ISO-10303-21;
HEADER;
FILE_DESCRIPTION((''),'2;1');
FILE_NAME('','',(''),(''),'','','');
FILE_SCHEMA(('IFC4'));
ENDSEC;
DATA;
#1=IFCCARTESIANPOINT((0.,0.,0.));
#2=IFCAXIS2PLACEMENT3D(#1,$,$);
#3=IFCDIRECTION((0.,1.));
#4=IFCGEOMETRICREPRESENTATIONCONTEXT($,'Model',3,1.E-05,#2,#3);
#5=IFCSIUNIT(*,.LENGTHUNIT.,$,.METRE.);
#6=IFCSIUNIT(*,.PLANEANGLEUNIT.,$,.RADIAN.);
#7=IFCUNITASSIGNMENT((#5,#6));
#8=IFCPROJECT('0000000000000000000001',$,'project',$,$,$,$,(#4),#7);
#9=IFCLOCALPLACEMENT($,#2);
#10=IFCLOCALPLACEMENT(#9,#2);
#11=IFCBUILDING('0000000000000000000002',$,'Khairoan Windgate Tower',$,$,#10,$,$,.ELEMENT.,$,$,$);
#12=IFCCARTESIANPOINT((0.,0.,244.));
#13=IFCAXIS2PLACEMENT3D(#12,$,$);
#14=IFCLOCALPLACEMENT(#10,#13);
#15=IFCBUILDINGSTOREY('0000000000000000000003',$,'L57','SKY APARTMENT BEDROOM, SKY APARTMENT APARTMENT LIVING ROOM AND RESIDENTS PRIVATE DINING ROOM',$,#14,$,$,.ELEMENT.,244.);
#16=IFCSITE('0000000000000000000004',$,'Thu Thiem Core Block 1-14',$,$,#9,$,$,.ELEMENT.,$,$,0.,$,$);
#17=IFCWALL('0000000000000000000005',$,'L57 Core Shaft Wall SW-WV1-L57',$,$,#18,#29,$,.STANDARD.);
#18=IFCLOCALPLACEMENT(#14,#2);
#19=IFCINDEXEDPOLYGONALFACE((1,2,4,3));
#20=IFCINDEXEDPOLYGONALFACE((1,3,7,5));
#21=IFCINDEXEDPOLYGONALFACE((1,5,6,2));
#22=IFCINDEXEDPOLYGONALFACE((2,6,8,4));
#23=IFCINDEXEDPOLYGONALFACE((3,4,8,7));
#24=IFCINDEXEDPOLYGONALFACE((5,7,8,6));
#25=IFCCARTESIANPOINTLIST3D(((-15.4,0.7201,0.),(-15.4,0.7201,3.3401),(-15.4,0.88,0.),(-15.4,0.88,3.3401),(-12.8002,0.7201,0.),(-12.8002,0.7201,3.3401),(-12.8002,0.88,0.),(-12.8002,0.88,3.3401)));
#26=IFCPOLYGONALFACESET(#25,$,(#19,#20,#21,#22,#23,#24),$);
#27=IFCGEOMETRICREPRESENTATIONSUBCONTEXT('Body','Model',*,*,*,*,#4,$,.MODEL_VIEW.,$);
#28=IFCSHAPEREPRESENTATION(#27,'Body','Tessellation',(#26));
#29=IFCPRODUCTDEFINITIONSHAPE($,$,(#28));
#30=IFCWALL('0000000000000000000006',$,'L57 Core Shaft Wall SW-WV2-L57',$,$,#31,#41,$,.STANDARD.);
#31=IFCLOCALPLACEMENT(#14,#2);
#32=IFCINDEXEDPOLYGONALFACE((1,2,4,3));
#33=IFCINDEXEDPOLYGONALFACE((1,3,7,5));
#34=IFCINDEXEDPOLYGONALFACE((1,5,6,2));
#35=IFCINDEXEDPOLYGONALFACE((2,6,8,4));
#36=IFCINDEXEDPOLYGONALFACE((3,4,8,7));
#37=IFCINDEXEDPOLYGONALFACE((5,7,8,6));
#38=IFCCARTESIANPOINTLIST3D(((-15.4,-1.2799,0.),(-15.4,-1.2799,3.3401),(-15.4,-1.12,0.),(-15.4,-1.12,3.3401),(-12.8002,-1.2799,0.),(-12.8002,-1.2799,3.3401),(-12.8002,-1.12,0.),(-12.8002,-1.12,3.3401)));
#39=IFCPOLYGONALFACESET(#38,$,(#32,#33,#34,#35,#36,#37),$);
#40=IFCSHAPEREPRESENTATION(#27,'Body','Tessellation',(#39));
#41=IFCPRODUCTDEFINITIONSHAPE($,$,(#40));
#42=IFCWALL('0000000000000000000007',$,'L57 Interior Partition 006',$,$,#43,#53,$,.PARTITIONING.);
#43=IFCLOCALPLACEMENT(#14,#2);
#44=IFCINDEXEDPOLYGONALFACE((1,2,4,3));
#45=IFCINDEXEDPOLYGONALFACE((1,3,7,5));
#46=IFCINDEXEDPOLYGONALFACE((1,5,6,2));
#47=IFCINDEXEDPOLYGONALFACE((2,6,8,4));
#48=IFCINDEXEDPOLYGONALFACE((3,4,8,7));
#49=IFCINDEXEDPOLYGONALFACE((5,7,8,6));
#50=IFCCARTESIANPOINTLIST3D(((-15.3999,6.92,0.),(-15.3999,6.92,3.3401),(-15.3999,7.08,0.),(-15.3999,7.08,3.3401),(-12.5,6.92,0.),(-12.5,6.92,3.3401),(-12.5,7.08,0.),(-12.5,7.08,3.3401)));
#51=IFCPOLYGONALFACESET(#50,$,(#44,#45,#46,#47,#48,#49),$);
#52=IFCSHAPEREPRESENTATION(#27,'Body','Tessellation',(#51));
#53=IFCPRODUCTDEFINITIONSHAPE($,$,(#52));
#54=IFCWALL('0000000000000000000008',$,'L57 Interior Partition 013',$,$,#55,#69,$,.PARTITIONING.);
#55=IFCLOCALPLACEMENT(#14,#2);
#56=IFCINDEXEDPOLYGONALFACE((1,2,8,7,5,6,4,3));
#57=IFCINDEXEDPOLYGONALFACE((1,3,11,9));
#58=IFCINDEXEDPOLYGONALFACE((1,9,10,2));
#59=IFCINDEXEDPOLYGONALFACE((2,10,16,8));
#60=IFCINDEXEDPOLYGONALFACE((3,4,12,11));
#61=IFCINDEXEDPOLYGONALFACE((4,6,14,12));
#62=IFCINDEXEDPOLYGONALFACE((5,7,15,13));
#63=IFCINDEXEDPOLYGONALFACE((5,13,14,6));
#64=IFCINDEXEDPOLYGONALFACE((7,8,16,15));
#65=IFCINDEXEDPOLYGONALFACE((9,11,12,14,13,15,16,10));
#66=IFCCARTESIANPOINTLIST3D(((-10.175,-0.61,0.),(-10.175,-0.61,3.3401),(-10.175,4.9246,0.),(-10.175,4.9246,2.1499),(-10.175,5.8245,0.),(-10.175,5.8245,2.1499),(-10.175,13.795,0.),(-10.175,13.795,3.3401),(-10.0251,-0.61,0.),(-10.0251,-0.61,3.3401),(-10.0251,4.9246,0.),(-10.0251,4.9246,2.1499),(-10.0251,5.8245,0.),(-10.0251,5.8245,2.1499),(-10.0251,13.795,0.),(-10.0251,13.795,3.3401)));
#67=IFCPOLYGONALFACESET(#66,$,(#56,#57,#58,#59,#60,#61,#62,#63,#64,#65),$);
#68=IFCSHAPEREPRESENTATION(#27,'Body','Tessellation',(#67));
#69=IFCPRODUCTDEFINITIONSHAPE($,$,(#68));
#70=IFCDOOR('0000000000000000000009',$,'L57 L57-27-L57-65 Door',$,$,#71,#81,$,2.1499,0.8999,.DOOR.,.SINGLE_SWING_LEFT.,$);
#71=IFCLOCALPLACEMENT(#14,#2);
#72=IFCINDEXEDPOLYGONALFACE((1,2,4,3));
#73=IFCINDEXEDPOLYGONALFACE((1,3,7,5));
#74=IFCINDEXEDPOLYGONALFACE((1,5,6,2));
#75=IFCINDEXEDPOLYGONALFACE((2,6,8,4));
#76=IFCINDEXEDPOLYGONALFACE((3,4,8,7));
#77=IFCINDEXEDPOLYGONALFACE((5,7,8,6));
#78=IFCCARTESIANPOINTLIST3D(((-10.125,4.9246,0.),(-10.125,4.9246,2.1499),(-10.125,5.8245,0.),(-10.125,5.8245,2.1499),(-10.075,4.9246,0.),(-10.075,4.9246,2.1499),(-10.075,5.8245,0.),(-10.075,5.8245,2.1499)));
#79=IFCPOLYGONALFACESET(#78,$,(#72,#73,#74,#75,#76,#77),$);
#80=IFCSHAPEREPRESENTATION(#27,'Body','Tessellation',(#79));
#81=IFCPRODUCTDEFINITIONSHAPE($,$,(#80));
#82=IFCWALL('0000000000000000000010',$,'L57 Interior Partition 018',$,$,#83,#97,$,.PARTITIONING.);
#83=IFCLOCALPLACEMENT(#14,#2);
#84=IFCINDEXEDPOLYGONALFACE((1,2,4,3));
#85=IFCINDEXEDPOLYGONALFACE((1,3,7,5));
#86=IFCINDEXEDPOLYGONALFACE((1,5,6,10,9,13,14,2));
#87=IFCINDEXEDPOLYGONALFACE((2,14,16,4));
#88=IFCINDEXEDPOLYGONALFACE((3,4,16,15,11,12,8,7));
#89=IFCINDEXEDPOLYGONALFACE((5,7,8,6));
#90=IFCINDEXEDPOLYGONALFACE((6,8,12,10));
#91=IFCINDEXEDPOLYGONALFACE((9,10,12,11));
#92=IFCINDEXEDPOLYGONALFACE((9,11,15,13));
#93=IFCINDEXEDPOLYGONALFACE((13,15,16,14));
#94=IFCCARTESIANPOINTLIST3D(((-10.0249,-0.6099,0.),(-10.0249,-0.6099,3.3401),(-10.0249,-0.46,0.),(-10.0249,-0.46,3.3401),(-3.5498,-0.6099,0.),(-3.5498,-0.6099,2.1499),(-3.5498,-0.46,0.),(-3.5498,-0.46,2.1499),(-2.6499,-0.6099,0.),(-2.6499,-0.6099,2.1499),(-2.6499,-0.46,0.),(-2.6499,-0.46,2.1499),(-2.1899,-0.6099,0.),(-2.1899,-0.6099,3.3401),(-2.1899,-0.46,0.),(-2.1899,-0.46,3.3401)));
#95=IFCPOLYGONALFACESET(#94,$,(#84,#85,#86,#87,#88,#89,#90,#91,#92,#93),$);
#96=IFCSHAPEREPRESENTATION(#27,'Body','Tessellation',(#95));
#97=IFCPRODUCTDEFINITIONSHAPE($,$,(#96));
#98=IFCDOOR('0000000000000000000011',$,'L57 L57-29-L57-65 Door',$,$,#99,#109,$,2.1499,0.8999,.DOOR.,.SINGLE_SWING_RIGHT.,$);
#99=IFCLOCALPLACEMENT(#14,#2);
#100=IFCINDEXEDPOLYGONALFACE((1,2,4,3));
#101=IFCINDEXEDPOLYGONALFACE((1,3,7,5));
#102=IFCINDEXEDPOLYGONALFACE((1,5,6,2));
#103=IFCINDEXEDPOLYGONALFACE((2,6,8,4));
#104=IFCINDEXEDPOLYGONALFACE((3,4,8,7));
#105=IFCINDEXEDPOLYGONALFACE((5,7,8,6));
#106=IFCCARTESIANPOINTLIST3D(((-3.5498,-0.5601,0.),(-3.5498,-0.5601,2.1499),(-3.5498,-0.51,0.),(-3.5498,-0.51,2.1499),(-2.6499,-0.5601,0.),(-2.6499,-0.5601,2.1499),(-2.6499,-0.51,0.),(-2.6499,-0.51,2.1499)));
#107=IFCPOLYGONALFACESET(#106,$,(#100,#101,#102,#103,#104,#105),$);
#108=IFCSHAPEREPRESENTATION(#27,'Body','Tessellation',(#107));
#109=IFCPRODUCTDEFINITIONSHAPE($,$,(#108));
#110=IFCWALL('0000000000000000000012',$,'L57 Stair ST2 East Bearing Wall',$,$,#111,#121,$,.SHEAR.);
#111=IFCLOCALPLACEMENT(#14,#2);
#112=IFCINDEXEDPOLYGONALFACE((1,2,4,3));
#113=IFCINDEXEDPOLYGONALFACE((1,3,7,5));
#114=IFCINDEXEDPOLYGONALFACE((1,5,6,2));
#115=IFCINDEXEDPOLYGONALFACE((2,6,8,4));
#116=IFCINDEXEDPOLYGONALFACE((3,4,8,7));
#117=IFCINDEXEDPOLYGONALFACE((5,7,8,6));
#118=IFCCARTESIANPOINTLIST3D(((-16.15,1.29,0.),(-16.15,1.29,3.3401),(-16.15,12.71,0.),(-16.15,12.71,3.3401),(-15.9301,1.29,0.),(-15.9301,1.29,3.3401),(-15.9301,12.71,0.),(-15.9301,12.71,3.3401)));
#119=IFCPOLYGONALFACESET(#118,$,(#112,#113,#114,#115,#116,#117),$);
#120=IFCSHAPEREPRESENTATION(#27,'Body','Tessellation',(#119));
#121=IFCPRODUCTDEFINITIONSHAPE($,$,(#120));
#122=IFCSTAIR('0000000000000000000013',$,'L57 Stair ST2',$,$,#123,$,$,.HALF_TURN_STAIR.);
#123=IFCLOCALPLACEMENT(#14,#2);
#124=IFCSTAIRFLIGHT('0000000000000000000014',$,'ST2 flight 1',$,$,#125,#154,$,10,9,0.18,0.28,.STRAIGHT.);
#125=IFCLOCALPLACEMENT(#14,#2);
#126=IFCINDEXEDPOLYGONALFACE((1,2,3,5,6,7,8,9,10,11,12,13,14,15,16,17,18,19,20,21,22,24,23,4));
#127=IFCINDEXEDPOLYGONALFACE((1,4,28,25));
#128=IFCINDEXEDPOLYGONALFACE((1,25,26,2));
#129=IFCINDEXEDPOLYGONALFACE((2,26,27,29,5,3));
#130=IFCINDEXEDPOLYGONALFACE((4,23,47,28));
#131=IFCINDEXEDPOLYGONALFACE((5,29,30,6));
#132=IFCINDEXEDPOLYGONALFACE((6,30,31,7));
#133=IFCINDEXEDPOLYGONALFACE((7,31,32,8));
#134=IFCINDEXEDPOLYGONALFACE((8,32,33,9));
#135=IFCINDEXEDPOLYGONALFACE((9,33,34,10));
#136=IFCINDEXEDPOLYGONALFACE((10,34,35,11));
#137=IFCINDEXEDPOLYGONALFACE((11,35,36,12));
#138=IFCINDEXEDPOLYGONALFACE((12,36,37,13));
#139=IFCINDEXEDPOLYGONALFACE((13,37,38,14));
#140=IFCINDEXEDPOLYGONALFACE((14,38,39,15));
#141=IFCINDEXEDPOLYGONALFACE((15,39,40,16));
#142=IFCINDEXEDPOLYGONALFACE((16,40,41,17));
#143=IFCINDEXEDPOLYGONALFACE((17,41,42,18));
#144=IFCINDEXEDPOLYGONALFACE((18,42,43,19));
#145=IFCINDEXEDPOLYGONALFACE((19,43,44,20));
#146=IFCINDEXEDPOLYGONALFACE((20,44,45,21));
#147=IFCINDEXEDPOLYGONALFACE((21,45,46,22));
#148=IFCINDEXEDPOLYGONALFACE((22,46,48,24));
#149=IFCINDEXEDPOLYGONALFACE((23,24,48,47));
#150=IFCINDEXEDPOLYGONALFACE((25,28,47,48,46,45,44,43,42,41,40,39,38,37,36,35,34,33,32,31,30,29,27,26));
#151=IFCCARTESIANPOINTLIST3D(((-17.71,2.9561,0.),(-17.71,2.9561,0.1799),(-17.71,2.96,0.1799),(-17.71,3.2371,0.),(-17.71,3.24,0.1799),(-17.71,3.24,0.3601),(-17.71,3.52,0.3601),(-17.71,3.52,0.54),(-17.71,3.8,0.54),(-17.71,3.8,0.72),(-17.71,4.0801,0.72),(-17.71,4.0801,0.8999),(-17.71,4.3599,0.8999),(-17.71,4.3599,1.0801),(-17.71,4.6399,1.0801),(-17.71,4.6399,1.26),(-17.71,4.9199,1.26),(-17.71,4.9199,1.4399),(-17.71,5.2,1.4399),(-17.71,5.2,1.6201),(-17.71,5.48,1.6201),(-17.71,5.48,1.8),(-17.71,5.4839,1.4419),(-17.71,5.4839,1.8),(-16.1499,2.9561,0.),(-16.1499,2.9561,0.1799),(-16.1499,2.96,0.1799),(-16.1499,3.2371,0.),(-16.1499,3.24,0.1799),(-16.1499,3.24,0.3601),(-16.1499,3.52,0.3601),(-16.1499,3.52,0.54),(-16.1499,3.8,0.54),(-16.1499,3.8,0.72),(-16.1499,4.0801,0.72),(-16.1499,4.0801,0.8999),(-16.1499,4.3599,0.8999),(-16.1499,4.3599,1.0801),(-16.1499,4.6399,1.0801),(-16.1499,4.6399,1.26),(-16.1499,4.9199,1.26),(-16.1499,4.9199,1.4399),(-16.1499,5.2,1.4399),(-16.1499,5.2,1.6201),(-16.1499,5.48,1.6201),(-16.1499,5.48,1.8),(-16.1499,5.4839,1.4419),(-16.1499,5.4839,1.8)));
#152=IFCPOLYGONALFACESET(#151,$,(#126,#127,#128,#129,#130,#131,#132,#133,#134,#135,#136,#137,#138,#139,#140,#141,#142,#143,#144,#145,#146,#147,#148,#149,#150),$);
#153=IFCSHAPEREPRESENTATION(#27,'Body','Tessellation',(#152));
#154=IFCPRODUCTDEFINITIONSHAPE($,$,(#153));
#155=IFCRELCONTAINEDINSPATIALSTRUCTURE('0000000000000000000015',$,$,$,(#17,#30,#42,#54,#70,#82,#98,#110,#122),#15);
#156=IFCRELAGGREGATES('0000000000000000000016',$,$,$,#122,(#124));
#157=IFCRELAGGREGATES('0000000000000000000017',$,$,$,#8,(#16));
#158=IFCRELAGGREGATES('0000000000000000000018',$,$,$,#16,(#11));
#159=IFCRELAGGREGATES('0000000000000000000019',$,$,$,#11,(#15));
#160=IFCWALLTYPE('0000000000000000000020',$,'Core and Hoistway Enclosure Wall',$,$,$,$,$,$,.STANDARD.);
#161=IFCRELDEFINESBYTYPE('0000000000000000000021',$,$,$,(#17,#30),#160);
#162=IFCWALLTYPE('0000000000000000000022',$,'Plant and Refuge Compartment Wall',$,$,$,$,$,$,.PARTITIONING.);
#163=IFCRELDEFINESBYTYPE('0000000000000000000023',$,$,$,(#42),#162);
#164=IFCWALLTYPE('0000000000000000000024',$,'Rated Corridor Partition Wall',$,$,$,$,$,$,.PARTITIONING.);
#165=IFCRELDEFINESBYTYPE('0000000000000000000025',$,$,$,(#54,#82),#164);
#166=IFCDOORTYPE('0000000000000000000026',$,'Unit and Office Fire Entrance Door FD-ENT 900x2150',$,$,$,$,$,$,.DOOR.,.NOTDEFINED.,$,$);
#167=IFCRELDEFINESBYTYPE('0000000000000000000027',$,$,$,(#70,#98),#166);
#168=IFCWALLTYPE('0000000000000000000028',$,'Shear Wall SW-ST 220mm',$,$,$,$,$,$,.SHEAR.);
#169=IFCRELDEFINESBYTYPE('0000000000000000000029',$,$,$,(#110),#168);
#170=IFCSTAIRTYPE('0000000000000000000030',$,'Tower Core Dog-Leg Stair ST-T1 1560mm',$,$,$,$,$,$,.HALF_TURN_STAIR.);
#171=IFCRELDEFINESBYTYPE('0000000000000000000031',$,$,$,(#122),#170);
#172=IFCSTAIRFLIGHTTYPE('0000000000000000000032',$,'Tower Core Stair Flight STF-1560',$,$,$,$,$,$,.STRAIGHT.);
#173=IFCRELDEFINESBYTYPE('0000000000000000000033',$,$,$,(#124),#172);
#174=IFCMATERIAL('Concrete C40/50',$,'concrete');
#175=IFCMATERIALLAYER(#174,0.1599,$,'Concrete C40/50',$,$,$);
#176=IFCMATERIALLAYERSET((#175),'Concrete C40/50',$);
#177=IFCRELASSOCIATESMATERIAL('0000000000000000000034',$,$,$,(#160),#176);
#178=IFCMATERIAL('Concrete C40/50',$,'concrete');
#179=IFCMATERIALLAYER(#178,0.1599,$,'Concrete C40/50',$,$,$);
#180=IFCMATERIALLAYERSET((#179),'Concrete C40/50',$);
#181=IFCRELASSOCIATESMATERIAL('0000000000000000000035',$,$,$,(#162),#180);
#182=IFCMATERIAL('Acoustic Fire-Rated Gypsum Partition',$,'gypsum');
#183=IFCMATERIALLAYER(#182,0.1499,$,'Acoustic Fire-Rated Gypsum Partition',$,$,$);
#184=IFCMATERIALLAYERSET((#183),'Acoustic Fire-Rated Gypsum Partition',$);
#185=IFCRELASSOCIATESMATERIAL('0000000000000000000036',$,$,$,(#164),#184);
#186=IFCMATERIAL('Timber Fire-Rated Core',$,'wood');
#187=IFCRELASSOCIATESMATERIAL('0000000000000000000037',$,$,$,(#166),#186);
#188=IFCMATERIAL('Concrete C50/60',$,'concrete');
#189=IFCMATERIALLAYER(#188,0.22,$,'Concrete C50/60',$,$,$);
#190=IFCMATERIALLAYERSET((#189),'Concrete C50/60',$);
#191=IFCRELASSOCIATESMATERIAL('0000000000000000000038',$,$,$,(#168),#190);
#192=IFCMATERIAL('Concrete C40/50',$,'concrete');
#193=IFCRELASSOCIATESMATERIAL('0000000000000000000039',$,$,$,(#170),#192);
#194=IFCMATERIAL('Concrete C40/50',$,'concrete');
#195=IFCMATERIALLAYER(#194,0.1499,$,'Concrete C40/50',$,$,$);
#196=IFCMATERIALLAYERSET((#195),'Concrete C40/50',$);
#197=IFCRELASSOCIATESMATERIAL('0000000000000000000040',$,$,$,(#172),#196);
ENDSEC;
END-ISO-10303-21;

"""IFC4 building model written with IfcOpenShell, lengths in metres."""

from ifc_helpers import new_model, si_unit, direction, frame, frame_2d, origin, place, context, subcontext, project, spatial, polyline, rectangle, outline, extrude, material, layer, layer_set, type_object, element, fill, aggregate, save


model = new_model("IFC4")

# Units and contexts
model_context = context("Model", 3, precision=1e-05, world=origin(), true_north=direction((0.0, 1.0)))
body_context = subcontext(model_context, "Body", "Model", "MODEL_VIEW")
ifc_project = project(units=[si_unit("LENGTHUNIT", "METRE"), si_unit("PLANEANGLEUNIT", "RADIAN")], contexts=[model_context])

# Site, building, storey
site_placement = place(None, origin())
site = spatial("IfcSite", under=ifc_project, at=site_placement, Name="Thu Thiem Core Block 1-14", CompositionType="ELEMENT", RefElevation=0.0)
building_placement = place(site_placement, origin())
building = spatial("IfcBuilding", under=site, at=building_placement, Name="Khairoan Windgate Tower", CompositionType="ELEMENT")
storey_placement = place(building_placement, frame((0.0, 0.0, 244.0)))
storey = spatial("IfcBuildingStorey", under=building, at=storey_placement, Name="L57", Description="SKY APARTMENT BEDROOM, SKY APARTMENT APARTMENT LIVING ROOM AND RESIDENTS PRIVATE DINING ROOM", CompositionType="ELEMENT", Elevation=244.0)

# Walls
ifc_material_1 = material(Name="Concrete C40/50", Category="concrete")
ifc_layer_1 = layer(ifc_material_1, 0.1599, Name="Concrete C40/50")
ifc_layer_set_1 = layer_set([ifc_layer_1], Name="Concrete C40/50")
wall_type_1 = type_object("IfcWallType", Name="Core and Hoistway Enclosure Wall", PredefinedType="STANDARD", material=ifc_layer_set_1)
for number, where, z_axis, x_axis, name in (
    (1, (-15.3999, 0.8, 0.0), (0.0, 0.0, 1.0), (1.0, 0.0, 0.0), "L57 Core Shaft Wall SW-WV1-L57"),
    (2, (-15.3999, -1.2, 0.0), (0.0, 0.0, 1.0), (1.0, 0.0, 0.0), "L57 Core Shaft Wall SW-WV2-L57"),
):
    element("IfcWall", number, at=place(storey_placement, frame(where, z_axis=z_axis, x_axis=x_axis)), inside=storey, type_object=wall_type_1, Name=name, PredefinedType="STANDARD", context=body_context, shape_type="SweptSolid", body=[
        extrude(rectangle(XDim=2.5999, YDim=0.1599, at=frame_2d((1.2998, 0.0))), origin(), (0.0, 0.0, 1.0), 3.3401),
    ])
ifc_material_2 = material(Name="Concrete C40/50", Category="concrete")
ifc_layer_2 = layer(ifc_material_2, 0.1599, Name="Concrete C40/50")
ifc_layer_set_2 = layer_set([ifc_layer_2], Name="Concrete C40/50")
wall_type_2 = type_object("IfcWallType", Name="Plant and Refuge Compartment Wall", PredefinedType="PARTITIONING", material=ifc_layer_set_2)
wall_1_placement = place(storey_placement, frame((-15.3999, 7.0, 0.0), z_axis=(0.0, 0.0, 1.0), x_axis=(1.0, 0.0, 0.0)))
element("IfcWall", 3, at=wall_1_placement, inside=storey, type_object=wall_type_2, Name="L57 Interior Partition 006", PredefinedType="PARTITIONING", context=body_context, shape_type="SweptSolid", body=[
    extrude(rectangle(XDim=2.8999, YDim=0.1599, at=frame_2d((1.45, 0.0))), origin(), (0.0, 0.0, 1.0), 3.3401),
])

# Walls, openings, doors
ifc_material_3 = material(Name="Acoustic Fire-Rated Gypsum Partition", Category="gypsum")
ifc_layer_3 = layer(ifc_material_3, 0.1499, Name="Acoustic Fire-Rated Gypsum Partition")
ifc_layer_set_3 = layer_set([ifc_layer_3], Name="Acoustic Fire-Rated Gypsum Partition")
wall_type_3 = type_object("IfcWallType", Name="Rated Corridor Partition Wall", PredefinedType="PARTITIONING", material=ifc_layer_set_3)
wall_2_placement = place(storey_placement, frame((-10.1001, -0.6101, 0.0), z_axis=(0.0, 0.0, 1.0), x_axis=(0.0, 1.0, 0.0)))
wall_2 = element("IfcWall", 4, at=wall_2_placement, inside=storey, type_object=wall_type_3, Name="L57 Interior Partition 013", PredefinedType="PARTITIONING", context=body_context, shape_type="SweptSolid", body=[
    extrude(rectangle(XDim=14.405, YDim=0.1499, at=frame_2d((7.2026, 0.0))), origin(), (0.0, 0.0, 1.0), 3.3401),
])
opening_1_placement = place(wall_2_placement, frame((5.5347, 0.0, 0.0)))
opening_1 = element("IfcOpeningElement", 5, at=opening_1_placement, cuts=wall_2, PredefinedType="OPENING", context=body_context, shape_type="SweptSolid", body=[
    extrude(rectangle(XDim=0.8999, YDim=2.1499, at=frame_2d((0.45, 1.075))), frame((0.0, 0.085, 0.0), z_axis=(0.0, -1.0, 0.0), x_axis=(1.0, 0.0, 0.0)), (0.0, 0.0, 1.0), 0.1699),
])
ifc_material_4 = material(Name="Timber Fire-Rated Core", Category="wood")
door_type = type_object("IfcDoorType", Name="Unit and Office Fire Entrance Door FD-ENT 900x2150", OperationType="NOTDEFINED", PredefinedType="DOOR", material=ifc_material_4)
door_1_placement = place(opening_1_placement, origin())
door_1 = element("IfcDoor", 6, at=door_1_placement, inside=storey, type_object=door_type, Name="L57 L57-27-L57-65 Door", OperationType="SINGLE_SWING_LEFT", OverallHeight=2.1499, OverallWidth=0.8999, PredefinedType="DOOR", context=body_context, shape_type="SweptSolid", body=[
    extrude(rectangle(XDim=0.8999, YDim=2.1499, at=frame_2d((0.45, 1.075))), frame((0.0, 0.0249, 0.0), z_axis=(0.0, -1.0, 0.0), x_axis=(1.0, 0.0, 0.0)), (0.0, 0.0, 1.0), 0.05),
])
fill(opening_1, door_1)
wall_3_placement = place(storey_placement, frame((-10.0249, -0.5349, 0.0), z_axis=(0.0, 0.0, 1.0), x_axis=(1.0, 0.0, 0.0)))
wall_3 = element("IfcWall", 7, at=wall_3_placement, inside=storey, type_object=wall_type_3, Name="L57 Interior Partition 018", PredefinedType="PARTITIONING", context=body_context, shape_type="SweptSolid", body=[
    extrude(rectangle(XDim=7.835, YDim=0.1499, at=frame_2d((3.9175, 0.0))), origin(), (0.0, 0.0, 1.0), 3.3401),
])
opening_2_placement = place(wall_3_placement, frame((6.4751, 0.0, 0.0)))
opening_2 = element("IfcOpeningElement", 8, at=opening_2_placement, cuts=wall_3, PredefinedType="OPENING", context=body_context, shape_type="SweptSolid", body=[
    extrude(rectangle(XDim=0.8999, YDim=2.1499, at=frame_2d((0.45, 1.075))), frame((0.0, 0.085, 0.0), z_axis=(0.0, -1.0, 0.0), x_axis=(1.0, 0.0, 0.0)), (0.0, 0.0, 1.0), 0.1699),
])
door_2_placement = place(opening_2_placement, origin())
door_2 = element("IfcDoor", 9, at=door_2_placement, inside=storey, type_object=door_type, Name="L57 L57-29-L57-65 Door", OperationType="SINGLE_SWING_RIGHT", OverallHeight=2.1499, OverallWidth=0.8999, PredefinedType="DOOR", context=body_context, shape_type="SweptSolid", body=[
    extrude(rectangle(XDim=0.8999, YDim=2.1499, at=frame_2d((0.45, 1.075))), frame((0.0, 0.0249, 0.0), z_axis=(0.0, -1.0, 0.0), x_axis=(1.0, 0.0, 0.0)), (0.0, 0.0, 1.0), 0.05),
])
fill(opening_2, door_2)

# Wall
ifc_material_5 = material(Name="Concrete C50/60", Category="concrete")
ifc_layer_4 = layer(ifc_material_5, 0.22, Name="Concrete C50/60")
ifc_layer_set_4 = layer_set([ifc_layer_4], Name="Concrete C50/60")
wall_type_4 = type_object("IfcWallType", Name="Shear Wall SW-ST 220mm", PredefinedType="SHEAR", material=ifc_layer_set_4)
wall_4_placement = place(storey_placement, frame((-16.04, 1.29, 0.0), z_axis=(0.0, 0.0, 1.0), x_axis=(0.0, 1.0, 0.0)))
element("IfcWall", 10, at=wall_4_placement, inside=storey, type_object=wall_type_4, Name="L57 Stair ST2 East Bearing Wall", PredefinedType="SHEAR", context=body_context, shape_type="SweptSolid", body=[
    extrude(rectangle(XDim=11.4199, YDim=0.22, at=frame_2d((5.71, 0.0))), origin(), (0.0, 0.0, 1.0), 3.3401),
])

# Stair, stair flight
ifc_material_6 = material(Name="Concrete C40/50", Category="concrete")
stair_type = type_object("IfcStairType", Name="Tower Core Dog-Leg Stair ST-T1 1560mm", PredefinedType="HALF_TURN_STAIR", material=ifc_material_6)
stair_placement = place(storey_placement, origin())
stair = element("IfcStair", 11, at=stair_placement, inside=storey, type_object=stair_type, Name="L57 Stair ST2", PredefinedType="HALF_TURN_STAIR")
ifc_material_7 = material(Name="Concrete C40/50", Category="concrete")
ifc_layer_5 = layer(ifc_material_7, 0.1499, Name="Concrete C40/50")
ifc_layer_set_5 = layer_set([ifc_layer_5], Name="Concrete C40/50")
stair_flight_type = type_object("IfcStairFlightType", Name="Tower Core Stair Flight STF-1560", PredefinedType="STRAIGHT", material=ifc_layer_set_5)
stair_flight_placement = place(storey_placement, frame((-16.9299, 2.96, 0.0), z_axis=(0.0, 0.0, 1.0), x_axis=(0.0, 1.0, 0.0)))
stair_flight = element("IfcStairFlight", 12, at=stair_flight_placement, type_object=stair_flight_type, Name="ST2 flight 1", NumberOfRisers=10, NumberOfTreads=9, PredefinedType="STRAIGHT", RiserHeight=0.18, TreadLength=0.28, context=body_context, shape_type="SweptSolid", body=[
    extrude(outline(polyline([(-0.0039, 0.0), (-0.0039, 0.1799), (0.0, 0.1799), (0.28, 0.1799), (0.28, 0.3601), (0.5601, 0.3601), (0.5601, 0.54), (0.8401, 0.54), (0.8401, 0.72), (1.1201, 0.72), (1.1201, 0.8999), (1.3999, 0.8999), (1.3999, 1.0801), (1.6799, 1.0801), (1.6799, 1.26), (1.96, 1.26), (1.96, 1.4399), (2.24, 1.4399), (2.24, 1.6201), (2.52, 1.6201), (2.52, 1.8), (2.5239, 1.8), (2.5239, 1.4419), (0.2771, 0.0), (-0.0039, 0.0)])), frame((0.0, 0.78, 0.0), z_axis=(0.0, -1.0, 0.0), x_axis=(1.0, 0.0, 0.0)), (0.0, 0.0, 1.0), 1.5601),
])
aggregate(stair, [stair_flight])

save(model, "model.ifc")
